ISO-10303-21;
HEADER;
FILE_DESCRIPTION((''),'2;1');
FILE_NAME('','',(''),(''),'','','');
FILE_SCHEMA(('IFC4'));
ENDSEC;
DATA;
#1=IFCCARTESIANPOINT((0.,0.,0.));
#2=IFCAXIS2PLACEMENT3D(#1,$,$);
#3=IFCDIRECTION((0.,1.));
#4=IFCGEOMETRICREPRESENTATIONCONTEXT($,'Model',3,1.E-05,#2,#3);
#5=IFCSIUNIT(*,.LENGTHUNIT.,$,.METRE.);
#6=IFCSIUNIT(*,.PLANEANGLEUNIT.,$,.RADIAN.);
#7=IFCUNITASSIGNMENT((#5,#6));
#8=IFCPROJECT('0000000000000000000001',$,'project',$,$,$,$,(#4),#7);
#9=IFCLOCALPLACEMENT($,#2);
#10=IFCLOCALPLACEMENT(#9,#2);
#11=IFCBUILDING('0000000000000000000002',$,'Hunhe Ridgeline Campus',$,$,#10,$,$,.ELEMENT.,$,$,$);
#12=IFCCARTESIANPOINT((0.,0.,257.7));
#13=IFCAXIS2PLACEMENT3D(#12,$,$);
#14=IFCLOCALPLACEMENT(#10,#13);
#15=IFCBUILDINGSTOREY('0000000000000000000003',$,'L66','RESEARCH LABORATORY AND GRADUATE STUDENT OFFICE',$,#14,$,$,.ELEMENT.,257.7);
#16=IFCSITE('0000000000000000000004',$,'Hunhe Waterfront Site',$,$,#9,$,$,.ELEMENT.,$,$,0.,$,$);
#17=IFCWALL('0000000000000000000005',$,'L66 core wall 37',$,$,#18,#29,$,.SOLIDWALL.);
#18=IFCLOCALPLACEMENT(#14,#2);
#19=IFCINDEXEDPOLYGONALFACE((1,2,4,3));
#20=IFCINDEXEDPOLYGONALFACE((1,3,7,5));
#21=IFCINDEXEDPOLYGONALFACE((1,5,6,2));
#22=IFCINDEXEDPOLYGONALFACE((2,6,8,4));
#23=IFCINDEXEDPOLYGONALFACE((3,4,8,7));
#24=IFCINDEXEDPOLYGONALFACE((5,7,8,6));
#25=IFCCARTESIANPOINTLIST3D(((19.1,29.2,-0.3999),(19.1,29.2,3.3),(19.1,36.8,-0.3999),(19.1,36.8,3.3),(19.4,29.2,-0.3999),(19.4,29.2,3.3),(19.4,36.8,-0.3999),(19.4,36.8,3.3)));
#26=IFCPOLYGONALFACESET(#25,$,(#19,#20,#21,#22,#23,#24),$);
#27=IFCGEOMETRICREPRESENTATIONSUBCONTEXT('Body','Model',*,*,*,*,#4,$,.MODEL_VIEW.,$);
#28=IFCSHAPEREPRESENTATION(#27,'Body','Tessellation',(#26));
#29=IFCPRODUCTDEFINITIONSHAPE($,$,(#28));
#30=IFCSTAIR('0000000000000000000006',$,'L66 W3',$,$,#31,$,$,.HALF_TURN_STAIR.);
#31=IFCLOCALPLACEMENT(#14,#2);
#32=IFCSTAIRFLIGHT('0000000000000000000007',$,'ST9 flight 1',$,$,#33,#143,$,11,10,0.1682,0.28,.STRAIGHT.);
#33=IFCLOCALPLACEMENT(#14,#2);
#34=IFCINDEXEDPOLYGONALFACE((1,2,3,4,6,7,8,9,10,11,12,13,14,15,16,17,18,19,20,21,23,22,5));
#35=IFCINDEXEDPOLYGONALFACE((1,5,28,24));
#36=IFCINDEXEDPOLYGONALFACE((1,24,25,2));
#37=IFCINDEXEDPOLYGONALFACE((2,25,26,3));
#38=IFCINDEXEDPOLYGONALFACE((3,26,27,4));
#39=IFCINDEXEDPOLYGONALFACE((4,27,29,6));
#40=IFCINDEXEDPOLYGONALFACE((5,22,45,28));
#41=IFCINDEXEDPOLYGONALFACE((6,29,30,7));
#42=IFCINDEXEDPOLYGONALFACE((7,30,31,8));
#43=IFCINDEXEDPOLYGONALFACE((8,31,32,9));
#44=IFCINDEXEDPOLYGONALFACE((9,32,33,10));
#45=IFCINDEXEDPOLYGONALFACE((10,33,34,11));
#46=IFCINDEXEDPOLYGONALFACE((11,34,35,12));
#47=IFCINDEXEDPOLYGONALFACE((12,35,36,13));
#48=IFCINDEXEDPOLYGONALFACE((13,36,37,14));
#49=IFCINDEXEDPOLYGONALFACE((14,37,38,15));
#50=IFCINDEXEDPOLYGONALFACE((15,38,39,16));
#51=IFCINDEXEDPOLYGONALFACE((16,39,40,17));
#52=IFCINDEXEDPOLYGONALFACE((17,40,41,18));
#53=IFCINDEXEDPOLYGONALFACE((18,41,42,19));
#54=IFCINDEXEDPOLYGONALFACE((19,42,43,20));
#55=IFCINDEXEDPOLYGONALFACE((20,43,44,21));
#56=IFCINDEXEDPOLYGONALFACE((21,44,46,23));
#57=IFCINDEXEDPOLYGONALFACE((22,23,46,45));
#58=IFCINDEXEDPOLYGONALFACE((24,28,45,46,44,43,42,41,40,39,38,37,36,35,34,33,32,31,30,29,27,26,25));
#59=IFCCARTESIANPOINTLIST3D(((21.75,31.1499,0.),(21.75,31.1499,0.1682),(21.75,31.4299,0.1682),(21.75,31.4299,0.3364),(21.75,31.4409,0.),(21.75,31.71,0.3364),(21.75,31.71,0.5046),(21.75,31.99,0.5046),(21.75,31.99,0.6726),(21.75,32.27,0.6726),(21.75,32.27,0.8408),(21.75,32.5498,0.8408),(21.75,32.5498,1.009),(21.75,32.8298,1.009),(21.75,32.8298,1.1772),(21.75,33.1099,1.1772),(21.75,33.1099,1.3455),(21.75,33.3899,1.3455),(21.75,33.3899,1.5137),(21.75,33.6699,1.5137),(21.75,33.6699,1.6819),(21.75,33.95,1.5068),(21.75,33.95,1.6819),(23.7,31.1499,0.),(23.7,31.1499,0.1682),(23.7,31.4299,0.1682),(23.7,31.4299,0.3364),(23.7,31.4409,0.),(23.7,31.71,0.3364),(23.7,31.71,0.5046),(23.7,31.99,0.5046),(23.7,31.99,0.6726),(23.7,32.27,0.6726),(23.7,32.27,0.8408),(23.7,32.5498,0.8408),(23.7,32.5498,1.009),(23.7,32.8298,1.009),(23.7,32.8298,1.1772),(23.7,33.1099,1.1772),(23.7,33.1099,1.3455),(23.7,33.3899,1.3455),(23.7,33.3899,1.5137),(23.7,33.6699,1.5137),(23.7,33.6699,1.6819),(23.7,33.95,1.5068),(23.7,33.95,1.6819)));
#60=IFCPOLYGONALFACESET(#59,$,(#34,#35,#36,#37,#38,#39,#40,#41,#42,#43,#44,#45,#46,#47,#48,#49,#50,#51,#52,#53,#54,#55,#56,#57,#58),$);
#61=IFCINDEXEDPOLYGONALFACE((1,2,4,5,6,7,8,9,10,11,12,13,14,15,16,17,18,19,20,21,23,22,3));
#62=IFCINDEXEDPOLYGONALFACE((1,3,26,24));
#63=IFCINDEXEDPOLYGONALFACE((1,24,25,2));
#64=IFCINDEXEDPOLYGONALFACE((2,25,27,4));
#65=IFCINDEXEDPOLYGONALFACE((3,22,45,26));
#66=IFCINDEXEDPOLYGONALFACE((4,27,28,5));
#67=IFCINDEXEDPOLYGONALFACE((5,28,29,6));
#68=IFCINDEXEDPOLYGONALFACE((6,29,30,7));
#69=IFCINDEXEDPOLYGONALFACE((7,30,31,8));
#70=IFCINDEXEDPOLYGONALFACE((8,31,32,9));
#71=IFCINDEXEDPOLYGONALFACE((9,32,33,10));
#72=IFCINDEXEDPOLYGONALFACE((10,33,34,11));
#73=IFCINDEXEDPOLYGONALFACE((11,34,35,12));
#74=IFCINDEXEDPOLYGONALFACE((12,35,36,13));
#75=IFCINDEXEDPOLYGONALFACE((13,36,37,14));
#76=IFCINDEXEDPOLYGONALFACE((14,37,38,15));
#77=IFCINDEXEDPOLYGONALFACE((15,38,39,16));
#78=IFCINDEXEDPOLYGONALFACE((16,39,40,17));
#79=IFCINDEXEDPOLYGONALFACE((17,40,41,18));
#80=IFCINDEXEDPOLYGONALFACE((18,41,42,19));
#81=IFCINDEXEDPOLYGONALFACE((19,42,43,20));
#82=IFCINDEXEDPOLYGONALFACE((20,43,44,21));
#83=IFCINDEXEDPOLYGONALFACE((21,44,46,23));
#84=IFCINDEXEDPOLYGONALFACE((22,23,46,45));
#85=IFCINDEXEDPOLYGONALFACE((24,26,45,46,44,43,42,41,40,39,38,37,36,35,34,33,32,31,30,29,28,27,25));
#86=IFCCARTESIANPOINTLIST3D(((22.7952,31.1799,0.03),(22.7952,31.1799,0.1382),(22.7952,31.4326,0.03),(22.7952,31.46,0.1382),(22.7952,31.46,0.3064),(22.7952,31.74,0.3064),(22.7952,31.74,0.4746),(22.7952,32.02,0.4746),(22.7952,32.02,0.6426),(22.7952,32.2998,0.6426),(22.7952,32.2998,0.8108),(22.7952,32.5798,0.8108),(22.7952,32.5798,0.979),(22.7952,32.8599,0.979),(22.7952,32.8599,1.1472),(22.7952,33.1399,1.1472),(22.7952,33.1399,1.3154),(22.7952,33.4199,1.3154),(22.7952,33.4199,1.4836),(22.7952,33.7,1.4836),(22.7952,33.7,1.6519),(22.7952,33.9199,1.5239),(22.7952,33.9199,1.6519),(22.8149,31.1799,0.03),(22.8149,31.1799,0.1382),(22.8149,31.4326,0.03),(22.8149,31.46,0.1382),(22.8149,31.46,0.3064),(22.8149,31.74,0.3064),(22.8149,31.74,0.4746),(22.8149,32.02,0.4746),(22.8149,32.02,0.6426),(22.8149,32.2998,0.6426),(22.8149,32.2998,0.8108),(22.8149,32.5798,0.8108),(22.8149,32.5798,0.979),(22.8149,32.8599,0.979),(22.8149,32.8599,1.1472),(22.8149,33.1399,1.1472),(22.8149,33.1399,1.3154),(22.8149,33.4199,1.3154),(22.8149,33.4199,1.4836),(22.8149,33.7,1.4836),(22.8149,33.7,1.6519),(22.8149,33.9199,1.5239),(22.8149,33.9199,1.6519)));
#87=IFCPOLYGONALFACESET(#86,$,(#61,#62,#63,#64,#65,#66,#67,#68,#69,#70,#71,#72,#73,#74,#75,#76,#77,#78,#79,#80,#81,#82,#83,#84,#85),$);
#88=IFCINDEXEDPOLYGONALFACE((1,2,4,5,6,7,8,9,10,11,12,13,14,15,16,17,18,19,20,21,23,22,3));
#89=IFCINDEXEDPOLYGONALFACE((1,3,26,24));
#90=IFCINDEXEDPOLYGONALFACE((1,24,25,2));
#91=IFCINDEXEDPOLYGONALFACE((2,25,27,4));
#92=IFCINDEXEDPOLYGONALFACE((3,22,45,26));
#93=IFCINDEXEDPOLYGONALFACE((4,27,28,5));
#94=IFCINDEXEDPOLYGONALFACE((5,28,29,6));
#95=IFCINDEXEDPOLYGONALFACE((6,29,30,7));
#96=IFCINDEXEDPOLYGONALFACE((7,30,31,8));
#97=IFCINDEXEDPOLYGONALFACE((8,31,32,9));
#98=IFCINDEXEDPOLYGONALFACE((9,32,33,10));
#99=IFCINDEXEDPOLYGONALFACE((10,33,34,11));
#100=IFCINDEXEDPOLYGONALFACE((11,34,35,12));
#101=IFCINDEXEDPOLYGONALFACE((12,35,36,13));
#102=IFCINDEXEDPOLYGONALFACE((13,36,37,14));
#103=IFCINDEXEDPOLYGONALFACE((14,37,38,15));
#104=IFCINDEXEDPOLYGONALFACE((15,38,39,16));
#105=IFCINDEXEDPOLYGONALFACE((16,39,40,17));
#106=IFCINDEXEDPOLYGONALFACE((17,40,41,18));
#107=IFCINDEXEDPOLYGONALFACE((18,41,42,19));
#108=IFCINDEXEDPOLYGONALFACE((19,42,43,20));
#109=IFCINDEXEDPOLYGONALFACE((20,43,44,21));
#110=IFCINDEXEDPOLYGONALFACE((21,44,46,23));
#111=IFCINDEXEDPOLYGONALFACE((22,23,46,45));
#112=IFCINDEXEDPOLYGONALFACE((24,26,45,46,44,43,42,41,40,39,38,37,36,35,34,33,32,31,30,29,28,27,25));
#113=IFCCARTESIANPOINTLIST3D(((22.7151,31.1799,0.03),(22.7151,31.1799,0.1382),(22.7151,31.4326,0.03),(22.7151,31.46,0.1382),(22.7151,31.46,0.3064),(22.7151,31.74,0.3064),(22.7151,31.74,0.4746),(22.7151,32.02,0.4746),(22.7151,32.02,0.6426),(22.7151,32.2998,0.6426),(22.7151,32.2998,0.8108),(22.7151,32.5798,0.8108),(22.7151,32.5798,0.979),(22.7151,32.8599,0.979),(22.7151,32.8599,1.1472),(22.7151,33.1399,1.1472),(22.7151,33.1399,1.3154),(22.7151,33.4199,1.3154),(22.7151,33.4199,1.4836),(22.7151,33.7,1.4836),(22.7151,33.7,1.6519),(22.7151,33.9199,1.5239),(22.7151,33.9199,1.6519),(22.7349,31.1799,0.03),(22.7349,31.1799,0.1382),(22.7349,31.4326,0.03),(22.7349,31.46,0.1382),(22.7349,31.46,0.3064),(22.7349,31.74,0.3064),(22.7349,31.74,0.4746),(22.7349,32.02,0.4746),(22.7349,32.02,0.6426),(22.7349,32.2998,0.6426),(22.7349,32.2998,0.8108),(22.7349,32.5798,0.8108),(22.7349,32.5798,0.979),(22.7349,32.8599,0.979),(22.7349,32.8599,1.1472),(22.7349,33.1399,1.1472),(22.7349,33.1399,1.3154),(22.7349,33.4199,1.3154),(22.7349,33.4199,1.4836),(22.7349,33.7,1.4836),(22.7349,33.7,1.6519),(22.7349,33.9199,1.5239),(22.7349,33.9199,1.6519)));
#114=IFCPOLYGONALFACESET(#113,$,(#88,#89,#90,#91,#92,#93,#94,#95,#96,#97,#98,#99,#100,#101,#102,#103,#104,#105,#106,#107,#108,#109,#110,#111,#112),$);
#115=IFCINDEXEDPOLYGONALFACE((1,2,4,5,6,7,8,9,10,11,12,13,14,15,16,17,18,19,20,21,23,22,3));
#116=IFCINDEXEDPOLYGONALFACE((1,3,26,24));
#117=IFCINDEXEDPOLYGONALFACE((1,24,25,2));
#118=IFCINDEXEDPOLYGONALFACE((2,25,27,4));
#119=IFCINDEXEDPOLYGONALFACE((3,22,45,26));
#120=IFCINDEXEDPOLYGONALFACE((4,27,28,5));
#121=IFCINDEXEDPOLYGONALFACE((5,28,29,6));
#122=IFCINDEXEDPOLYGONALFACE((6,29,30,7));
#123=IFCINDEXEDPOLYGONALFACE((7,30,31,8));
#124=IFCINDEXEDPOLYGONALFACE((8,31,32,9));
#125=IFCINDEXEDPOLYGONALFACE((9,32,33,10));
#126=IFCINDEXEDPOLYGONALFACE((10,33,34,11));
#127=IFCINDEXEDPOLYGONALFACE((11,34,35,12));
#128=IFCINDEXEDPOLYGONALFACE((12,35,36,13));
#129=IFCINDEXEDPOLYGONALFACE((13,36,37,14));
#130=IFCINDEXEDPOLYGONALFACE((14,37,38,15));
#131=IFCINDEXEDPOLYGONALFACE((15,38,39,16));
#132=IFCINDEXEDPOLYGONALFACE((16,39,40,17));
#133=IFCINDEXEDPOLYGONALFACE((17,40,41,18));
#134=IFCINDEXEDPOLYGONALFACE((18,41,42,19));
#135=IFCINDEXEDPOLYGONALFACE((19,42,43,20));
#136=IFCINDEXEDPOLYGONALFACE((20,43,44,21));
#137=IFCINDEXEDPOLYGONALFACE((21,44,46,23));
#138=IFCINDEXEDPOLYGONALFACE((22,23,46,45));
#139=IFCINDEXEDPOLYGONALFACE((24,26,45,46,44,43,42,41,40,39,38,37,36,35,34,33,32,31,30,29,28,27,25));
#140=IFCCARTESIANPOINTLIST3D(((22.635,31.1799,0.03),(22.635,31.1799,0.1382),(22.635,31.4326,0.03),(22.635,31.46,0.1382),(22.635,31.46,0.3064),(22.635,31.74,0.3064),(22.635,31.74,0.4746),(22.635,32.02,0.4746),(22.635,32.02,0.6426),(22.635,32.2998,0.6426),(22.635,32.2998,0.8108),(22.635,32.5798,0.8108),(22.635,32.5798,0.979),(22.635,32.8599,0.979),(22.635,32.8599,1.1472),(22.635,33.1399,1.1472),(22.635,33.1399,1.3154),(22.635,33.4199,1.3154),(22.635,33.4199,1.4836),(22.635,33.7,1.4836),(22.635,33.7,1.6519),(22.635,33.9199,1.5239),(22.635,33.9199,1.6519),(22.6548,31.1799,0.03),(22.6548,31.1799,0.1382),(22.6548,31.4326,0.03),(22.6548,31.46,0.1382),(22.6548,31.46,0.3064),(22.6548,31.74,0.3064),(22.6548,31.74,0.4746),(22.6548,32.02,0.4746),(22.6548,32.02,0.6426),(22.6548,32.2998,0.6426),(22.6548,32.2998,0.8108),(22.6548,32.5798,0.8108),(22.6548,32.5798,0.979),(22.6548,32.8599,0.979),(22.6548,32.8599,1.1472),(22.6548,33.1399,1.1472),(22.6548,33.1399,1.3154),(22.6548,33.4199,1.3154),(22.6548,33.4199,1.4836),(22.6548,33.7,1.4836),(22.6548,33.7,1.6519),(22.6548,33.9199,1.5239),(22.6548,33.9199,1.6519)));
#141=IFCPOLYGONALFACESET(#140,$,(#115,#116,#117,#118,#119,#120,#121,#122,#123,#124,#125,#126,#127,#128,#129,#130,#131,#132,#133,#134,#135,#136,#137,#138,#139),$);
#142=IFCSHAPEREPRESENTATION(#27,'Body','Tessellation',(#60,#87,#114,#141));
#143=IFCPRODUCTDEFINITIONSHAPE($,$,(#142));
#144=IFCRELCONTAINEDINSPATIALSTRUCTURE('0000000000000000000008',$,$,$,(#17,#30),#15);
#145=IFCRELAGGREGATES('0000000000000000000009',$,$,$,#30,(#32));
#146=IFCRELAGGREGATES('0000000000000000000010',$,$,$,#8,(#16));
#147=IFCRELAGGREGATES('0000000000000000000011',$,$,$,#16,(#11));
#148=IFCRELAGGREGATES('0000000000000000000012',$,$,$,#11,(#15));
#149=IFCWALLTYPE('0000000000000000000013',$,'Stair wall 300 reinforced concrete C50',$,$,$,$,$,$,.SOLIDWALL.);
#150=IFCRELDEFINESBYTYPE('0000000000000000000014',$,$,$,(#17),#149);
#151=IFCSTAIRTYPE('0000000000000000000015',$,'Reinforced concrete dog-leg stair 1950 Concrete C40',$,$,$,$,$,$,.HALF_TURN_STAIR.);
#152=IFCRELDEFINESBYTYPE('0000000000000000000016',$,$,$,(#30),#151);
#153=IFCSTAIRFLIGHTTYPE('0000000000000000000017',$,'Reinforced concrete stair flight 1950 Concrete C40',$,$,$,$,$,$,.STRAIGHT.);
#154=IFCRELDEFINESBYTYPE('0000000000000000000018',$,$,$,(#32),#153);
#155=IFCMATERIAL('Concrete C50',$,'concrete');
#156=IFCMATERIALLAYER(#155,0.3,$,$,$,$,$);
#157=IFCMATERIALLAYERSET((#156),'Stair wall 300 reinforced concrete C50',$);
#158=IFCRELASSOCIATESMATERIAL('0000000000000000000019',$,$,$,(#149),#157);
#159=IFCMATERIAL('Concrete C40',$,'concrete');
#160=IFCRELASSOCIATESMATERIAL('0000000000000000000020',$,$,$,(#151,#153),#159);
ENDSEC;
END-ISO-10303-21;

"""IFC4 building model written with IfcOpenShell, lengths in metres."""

from ifc_helpers import new_model, si_unit, direction, frame, frame_2d, origin, place, context, subcontext, project, spatial, polyline, rectangle, outline, extrude, material, layer, layer_set, type_object, element, aggregate, save


model = new_model("IFC4")

# Units and contexts
model_context = context("Model", 3, precision=1e-05, world=origin(), true_north=direction((0.0, 1.0)))
body_context = subcontext(model_context, "Body", "Model", "MODEL_VIEW")
ifc_project = project(units=[si_unit("LENGTHUNIT", "METRE"), si_unit("PLANEANGLEUNIT", "RADIAN")], contexts=[model_context])

# Site, building, storey
site_placement = place(None, origin())
site = spatial("IfcSite", under=ifc_project, at=site_placement, Name="Hunhe Waterfront Site", CompositionType="ELEMENT", RefElevation=0.0)
building_placement = place(site_placement, origin())
building = spatial("IfcBuilding", under=site, at=building_placement, Name="Hunhe Ridgeline Campus", CompositionType="ELEMENT")
storey_placement = place(building_placement, frame((0.0, 0.0, 257.7)))
storey = spatial("IfcBuildingStorey", under=building, at=storey_placement, Name="L66", Description="RESEARCH LABORATORY AND GRADUATE STUDENT OFFICE", CompositionType="ELEMENT", Elevation=257.7)

# Shared definitions
ifc_material_1 = material(Name="Concrete C50", Category="concrete")

# Wall
ifc_layer_1 = layer(ifc_material_1, 0.3)
ifc_layer_set_1 = layer_set([ifc_layer_1], Name="Stair wall 300 reinforced concrete C50")
wall_type_1 = type_object("IfcWallType", Name="Stair wall 300 reinforced concrete C50", PredefinedType="SOLIDWALL", material=ifc_layer_set_1)
wall_1_placement = place(storey_placement, frame((19.25, 29.2, -0.3999), z_axis=(0.0, 0.0, 1.0), x_axis=(0.0, 1.0, 0.0)))
element("IfcWall", 1, at=wall_1_placement, inside=storey, type_object=wall_type_1, Name="L66 core wall 37", PredefinedType="SOLIDWALL", context=body_context, shape_type="SweptSolid", body=[
    extrude(rectangle(XDim=7.6001, YDim=0.3, at=frame_2d((3.8, 0.0))), origin(), (0.0, 0.0, 1.0), 3.7),
])

# Stair, stair flight
ifc_material_2 = material(Name="Concrete C40", Category="concrete")
stair_type = type_object("IfcStairType", Name="Reinforced concrete dog-leg stair 1950 Concrete C40", PredefinedType="HALF_TURN_STAIR", material=ifc_material_2)
stair_placement = place(storey_placement, origin())
stair = element("IfcStair", 2, at=stair_placement, inside=storey, type_object=stair_type, Name="L66 W3", PredefinedType="HALF_TURN_STAIR")
stair_flight_type = type_object("IfcStairFlightType", Name="Reinforced concrete stair flight 1950 Concrete C40", PredefinedType="STRAIGHT", material=ifc_material_2)
stair_flight_placement = place(storey_placement, frame((22.7251, 31.1499, 0.0), z_axis=(0.0, 0.0, 1.0), x_axis=(0.0, 1.0, 0.0)))
stair_flight = element("IfcStairFlight", 3, at=stair_flight_placement, type_object=stair_flight_type, Name="ST9 flight 1", NumberOfRisers=11, NumberOfTreads=10, PredefinedType="STRAIGHT", RiserHeight=0.1682, TreadLength=0.28, context=body_context, shape_type="SweptSolid", body=[
    extrude(outline(polyline([(0.0, 0.0), (0.0, 0.1682), (0.28, 0.1682), (0.28, 0.3364), (0.5601, 0.3364), (0.5601, 0.5046), (0.8401, 0.5046), (0.8401, 0.6726), (1.1201, 0.6726), (1.1201, 0.8408), (1.3999, 0.8408), (1.3999, 1.009), (1.6799, 1.009), (1.6799, 1.1772), (1.96, 1.1772), (1.96, 1.3455), (2.24, 1.3455), (2.24, 1.5137), (2.52, 1.5137), (2.52, 1.6819), (2.8, 1.6819), (2.8, 1.8501), (2.8, 1.5068), (0.291, 0.0), (0.0, 0.0)])), frame((0.0, 0.9751, 0.0), z_axis=(0.0, -1.0, 0.0), x_axis=(1.0, 0.0, 0.0)), (0.0, 0.0, 1.0), 1.95),
    extrude(outline(polyline([(0.03, 0.03), (0.03, 0.1382), (0.3101, 0.1382), (0.3101, 0.3064), (0.5901, 0.3064), (0.5901, 0.4746), (0.8701, 0.4746), (0.8701, 0.6426), (1.1499, 0.6426), (1.1499, 0.8108), (1.4299, 0.8108), (1.4299, 0.979), (1.71, 0.979), (1.71, 1.1472), (1.99, 1.1472), (1.99, 1.3154), (2.27, 1.3154), (2.27, 1.4836), (2.55, 1.4836), (2.55, 1.6519), (2.77, 1.6519), (2.77, 1.5239), (0.2827, 0.03), (0.03, 0.03)])), frame((0.0, -0.0701, 0.0), z_axis=(0.0, -1.0, 0.0), x_axis=(1.0, 0.0, 0.0)), (0.0, 0.0, 1.0), 0.0198),
    extrude(outline(polyline([(0.03, 0.03), (0.03, 0.1382), (0.3101, 0.1382), (0.3101, 0.3064), (0.5901, 0.3064), (0.5901, 0.4746), (0.8701, 0.4746), (0.8701, 0.6426), (1.1499, 0.6426), (1.1499, 0.8108), (1.4299, 0.8108), (1.4299, 0.979), (1.71, 0.979), (1.71, 1.1472), (1.99, 1.1472), (1.99, 1.3154), (2.27, 1.3154), (2.27, 1.4836), (2.55, 1.4836), (2.55, 1.6519), (2.77, 1.6519), (2.77, 1.5239), (0.2827, 0.03), (0.03, 0.03)])), frame((0.0, 0.01, 0.0), z_axis=(0.0, -1.0, 0.0), x_axis=(1.0, 0.0, 0.0)), (0.0, 0.0, 1.0), 0.0198),
    extrude(outline(polyline([(0.03, 0.03), (0.03, 0.1382), (0.3101, 0.1382), (0.3101, 0.3064), (0.5901, 0.3064), (0.5901, 0.4746), (0.8701, 0.4746), (0.8701, 0.6426), (1.1499, 0.6426), (1.1499, 0.8108), (1.4299, 0.8108), (1.4299, 0.979), (1.71, 0.979), (1.71, 1.1472), (1.99, 1.1472), (1.99, 1.3154), (2.27, 1.3154), (2.27, 1.4836), (2.55, 1.4836), (2.55, 1.6519), (2.77, 1.6519), (2.77, 1.5239), (0.2827, 0.03), (0.03, 0.03)])), frame((0.0, 0.0901, 0.0), z_axis=(0.0, -1.0, 0.0), x_axis=(1.0, 0.0, 0.0)), (0.0, 0.0, 1.0), 0.0198),
])
aggregate(stair, [stair_flight])

save(model, "model.ifc")
